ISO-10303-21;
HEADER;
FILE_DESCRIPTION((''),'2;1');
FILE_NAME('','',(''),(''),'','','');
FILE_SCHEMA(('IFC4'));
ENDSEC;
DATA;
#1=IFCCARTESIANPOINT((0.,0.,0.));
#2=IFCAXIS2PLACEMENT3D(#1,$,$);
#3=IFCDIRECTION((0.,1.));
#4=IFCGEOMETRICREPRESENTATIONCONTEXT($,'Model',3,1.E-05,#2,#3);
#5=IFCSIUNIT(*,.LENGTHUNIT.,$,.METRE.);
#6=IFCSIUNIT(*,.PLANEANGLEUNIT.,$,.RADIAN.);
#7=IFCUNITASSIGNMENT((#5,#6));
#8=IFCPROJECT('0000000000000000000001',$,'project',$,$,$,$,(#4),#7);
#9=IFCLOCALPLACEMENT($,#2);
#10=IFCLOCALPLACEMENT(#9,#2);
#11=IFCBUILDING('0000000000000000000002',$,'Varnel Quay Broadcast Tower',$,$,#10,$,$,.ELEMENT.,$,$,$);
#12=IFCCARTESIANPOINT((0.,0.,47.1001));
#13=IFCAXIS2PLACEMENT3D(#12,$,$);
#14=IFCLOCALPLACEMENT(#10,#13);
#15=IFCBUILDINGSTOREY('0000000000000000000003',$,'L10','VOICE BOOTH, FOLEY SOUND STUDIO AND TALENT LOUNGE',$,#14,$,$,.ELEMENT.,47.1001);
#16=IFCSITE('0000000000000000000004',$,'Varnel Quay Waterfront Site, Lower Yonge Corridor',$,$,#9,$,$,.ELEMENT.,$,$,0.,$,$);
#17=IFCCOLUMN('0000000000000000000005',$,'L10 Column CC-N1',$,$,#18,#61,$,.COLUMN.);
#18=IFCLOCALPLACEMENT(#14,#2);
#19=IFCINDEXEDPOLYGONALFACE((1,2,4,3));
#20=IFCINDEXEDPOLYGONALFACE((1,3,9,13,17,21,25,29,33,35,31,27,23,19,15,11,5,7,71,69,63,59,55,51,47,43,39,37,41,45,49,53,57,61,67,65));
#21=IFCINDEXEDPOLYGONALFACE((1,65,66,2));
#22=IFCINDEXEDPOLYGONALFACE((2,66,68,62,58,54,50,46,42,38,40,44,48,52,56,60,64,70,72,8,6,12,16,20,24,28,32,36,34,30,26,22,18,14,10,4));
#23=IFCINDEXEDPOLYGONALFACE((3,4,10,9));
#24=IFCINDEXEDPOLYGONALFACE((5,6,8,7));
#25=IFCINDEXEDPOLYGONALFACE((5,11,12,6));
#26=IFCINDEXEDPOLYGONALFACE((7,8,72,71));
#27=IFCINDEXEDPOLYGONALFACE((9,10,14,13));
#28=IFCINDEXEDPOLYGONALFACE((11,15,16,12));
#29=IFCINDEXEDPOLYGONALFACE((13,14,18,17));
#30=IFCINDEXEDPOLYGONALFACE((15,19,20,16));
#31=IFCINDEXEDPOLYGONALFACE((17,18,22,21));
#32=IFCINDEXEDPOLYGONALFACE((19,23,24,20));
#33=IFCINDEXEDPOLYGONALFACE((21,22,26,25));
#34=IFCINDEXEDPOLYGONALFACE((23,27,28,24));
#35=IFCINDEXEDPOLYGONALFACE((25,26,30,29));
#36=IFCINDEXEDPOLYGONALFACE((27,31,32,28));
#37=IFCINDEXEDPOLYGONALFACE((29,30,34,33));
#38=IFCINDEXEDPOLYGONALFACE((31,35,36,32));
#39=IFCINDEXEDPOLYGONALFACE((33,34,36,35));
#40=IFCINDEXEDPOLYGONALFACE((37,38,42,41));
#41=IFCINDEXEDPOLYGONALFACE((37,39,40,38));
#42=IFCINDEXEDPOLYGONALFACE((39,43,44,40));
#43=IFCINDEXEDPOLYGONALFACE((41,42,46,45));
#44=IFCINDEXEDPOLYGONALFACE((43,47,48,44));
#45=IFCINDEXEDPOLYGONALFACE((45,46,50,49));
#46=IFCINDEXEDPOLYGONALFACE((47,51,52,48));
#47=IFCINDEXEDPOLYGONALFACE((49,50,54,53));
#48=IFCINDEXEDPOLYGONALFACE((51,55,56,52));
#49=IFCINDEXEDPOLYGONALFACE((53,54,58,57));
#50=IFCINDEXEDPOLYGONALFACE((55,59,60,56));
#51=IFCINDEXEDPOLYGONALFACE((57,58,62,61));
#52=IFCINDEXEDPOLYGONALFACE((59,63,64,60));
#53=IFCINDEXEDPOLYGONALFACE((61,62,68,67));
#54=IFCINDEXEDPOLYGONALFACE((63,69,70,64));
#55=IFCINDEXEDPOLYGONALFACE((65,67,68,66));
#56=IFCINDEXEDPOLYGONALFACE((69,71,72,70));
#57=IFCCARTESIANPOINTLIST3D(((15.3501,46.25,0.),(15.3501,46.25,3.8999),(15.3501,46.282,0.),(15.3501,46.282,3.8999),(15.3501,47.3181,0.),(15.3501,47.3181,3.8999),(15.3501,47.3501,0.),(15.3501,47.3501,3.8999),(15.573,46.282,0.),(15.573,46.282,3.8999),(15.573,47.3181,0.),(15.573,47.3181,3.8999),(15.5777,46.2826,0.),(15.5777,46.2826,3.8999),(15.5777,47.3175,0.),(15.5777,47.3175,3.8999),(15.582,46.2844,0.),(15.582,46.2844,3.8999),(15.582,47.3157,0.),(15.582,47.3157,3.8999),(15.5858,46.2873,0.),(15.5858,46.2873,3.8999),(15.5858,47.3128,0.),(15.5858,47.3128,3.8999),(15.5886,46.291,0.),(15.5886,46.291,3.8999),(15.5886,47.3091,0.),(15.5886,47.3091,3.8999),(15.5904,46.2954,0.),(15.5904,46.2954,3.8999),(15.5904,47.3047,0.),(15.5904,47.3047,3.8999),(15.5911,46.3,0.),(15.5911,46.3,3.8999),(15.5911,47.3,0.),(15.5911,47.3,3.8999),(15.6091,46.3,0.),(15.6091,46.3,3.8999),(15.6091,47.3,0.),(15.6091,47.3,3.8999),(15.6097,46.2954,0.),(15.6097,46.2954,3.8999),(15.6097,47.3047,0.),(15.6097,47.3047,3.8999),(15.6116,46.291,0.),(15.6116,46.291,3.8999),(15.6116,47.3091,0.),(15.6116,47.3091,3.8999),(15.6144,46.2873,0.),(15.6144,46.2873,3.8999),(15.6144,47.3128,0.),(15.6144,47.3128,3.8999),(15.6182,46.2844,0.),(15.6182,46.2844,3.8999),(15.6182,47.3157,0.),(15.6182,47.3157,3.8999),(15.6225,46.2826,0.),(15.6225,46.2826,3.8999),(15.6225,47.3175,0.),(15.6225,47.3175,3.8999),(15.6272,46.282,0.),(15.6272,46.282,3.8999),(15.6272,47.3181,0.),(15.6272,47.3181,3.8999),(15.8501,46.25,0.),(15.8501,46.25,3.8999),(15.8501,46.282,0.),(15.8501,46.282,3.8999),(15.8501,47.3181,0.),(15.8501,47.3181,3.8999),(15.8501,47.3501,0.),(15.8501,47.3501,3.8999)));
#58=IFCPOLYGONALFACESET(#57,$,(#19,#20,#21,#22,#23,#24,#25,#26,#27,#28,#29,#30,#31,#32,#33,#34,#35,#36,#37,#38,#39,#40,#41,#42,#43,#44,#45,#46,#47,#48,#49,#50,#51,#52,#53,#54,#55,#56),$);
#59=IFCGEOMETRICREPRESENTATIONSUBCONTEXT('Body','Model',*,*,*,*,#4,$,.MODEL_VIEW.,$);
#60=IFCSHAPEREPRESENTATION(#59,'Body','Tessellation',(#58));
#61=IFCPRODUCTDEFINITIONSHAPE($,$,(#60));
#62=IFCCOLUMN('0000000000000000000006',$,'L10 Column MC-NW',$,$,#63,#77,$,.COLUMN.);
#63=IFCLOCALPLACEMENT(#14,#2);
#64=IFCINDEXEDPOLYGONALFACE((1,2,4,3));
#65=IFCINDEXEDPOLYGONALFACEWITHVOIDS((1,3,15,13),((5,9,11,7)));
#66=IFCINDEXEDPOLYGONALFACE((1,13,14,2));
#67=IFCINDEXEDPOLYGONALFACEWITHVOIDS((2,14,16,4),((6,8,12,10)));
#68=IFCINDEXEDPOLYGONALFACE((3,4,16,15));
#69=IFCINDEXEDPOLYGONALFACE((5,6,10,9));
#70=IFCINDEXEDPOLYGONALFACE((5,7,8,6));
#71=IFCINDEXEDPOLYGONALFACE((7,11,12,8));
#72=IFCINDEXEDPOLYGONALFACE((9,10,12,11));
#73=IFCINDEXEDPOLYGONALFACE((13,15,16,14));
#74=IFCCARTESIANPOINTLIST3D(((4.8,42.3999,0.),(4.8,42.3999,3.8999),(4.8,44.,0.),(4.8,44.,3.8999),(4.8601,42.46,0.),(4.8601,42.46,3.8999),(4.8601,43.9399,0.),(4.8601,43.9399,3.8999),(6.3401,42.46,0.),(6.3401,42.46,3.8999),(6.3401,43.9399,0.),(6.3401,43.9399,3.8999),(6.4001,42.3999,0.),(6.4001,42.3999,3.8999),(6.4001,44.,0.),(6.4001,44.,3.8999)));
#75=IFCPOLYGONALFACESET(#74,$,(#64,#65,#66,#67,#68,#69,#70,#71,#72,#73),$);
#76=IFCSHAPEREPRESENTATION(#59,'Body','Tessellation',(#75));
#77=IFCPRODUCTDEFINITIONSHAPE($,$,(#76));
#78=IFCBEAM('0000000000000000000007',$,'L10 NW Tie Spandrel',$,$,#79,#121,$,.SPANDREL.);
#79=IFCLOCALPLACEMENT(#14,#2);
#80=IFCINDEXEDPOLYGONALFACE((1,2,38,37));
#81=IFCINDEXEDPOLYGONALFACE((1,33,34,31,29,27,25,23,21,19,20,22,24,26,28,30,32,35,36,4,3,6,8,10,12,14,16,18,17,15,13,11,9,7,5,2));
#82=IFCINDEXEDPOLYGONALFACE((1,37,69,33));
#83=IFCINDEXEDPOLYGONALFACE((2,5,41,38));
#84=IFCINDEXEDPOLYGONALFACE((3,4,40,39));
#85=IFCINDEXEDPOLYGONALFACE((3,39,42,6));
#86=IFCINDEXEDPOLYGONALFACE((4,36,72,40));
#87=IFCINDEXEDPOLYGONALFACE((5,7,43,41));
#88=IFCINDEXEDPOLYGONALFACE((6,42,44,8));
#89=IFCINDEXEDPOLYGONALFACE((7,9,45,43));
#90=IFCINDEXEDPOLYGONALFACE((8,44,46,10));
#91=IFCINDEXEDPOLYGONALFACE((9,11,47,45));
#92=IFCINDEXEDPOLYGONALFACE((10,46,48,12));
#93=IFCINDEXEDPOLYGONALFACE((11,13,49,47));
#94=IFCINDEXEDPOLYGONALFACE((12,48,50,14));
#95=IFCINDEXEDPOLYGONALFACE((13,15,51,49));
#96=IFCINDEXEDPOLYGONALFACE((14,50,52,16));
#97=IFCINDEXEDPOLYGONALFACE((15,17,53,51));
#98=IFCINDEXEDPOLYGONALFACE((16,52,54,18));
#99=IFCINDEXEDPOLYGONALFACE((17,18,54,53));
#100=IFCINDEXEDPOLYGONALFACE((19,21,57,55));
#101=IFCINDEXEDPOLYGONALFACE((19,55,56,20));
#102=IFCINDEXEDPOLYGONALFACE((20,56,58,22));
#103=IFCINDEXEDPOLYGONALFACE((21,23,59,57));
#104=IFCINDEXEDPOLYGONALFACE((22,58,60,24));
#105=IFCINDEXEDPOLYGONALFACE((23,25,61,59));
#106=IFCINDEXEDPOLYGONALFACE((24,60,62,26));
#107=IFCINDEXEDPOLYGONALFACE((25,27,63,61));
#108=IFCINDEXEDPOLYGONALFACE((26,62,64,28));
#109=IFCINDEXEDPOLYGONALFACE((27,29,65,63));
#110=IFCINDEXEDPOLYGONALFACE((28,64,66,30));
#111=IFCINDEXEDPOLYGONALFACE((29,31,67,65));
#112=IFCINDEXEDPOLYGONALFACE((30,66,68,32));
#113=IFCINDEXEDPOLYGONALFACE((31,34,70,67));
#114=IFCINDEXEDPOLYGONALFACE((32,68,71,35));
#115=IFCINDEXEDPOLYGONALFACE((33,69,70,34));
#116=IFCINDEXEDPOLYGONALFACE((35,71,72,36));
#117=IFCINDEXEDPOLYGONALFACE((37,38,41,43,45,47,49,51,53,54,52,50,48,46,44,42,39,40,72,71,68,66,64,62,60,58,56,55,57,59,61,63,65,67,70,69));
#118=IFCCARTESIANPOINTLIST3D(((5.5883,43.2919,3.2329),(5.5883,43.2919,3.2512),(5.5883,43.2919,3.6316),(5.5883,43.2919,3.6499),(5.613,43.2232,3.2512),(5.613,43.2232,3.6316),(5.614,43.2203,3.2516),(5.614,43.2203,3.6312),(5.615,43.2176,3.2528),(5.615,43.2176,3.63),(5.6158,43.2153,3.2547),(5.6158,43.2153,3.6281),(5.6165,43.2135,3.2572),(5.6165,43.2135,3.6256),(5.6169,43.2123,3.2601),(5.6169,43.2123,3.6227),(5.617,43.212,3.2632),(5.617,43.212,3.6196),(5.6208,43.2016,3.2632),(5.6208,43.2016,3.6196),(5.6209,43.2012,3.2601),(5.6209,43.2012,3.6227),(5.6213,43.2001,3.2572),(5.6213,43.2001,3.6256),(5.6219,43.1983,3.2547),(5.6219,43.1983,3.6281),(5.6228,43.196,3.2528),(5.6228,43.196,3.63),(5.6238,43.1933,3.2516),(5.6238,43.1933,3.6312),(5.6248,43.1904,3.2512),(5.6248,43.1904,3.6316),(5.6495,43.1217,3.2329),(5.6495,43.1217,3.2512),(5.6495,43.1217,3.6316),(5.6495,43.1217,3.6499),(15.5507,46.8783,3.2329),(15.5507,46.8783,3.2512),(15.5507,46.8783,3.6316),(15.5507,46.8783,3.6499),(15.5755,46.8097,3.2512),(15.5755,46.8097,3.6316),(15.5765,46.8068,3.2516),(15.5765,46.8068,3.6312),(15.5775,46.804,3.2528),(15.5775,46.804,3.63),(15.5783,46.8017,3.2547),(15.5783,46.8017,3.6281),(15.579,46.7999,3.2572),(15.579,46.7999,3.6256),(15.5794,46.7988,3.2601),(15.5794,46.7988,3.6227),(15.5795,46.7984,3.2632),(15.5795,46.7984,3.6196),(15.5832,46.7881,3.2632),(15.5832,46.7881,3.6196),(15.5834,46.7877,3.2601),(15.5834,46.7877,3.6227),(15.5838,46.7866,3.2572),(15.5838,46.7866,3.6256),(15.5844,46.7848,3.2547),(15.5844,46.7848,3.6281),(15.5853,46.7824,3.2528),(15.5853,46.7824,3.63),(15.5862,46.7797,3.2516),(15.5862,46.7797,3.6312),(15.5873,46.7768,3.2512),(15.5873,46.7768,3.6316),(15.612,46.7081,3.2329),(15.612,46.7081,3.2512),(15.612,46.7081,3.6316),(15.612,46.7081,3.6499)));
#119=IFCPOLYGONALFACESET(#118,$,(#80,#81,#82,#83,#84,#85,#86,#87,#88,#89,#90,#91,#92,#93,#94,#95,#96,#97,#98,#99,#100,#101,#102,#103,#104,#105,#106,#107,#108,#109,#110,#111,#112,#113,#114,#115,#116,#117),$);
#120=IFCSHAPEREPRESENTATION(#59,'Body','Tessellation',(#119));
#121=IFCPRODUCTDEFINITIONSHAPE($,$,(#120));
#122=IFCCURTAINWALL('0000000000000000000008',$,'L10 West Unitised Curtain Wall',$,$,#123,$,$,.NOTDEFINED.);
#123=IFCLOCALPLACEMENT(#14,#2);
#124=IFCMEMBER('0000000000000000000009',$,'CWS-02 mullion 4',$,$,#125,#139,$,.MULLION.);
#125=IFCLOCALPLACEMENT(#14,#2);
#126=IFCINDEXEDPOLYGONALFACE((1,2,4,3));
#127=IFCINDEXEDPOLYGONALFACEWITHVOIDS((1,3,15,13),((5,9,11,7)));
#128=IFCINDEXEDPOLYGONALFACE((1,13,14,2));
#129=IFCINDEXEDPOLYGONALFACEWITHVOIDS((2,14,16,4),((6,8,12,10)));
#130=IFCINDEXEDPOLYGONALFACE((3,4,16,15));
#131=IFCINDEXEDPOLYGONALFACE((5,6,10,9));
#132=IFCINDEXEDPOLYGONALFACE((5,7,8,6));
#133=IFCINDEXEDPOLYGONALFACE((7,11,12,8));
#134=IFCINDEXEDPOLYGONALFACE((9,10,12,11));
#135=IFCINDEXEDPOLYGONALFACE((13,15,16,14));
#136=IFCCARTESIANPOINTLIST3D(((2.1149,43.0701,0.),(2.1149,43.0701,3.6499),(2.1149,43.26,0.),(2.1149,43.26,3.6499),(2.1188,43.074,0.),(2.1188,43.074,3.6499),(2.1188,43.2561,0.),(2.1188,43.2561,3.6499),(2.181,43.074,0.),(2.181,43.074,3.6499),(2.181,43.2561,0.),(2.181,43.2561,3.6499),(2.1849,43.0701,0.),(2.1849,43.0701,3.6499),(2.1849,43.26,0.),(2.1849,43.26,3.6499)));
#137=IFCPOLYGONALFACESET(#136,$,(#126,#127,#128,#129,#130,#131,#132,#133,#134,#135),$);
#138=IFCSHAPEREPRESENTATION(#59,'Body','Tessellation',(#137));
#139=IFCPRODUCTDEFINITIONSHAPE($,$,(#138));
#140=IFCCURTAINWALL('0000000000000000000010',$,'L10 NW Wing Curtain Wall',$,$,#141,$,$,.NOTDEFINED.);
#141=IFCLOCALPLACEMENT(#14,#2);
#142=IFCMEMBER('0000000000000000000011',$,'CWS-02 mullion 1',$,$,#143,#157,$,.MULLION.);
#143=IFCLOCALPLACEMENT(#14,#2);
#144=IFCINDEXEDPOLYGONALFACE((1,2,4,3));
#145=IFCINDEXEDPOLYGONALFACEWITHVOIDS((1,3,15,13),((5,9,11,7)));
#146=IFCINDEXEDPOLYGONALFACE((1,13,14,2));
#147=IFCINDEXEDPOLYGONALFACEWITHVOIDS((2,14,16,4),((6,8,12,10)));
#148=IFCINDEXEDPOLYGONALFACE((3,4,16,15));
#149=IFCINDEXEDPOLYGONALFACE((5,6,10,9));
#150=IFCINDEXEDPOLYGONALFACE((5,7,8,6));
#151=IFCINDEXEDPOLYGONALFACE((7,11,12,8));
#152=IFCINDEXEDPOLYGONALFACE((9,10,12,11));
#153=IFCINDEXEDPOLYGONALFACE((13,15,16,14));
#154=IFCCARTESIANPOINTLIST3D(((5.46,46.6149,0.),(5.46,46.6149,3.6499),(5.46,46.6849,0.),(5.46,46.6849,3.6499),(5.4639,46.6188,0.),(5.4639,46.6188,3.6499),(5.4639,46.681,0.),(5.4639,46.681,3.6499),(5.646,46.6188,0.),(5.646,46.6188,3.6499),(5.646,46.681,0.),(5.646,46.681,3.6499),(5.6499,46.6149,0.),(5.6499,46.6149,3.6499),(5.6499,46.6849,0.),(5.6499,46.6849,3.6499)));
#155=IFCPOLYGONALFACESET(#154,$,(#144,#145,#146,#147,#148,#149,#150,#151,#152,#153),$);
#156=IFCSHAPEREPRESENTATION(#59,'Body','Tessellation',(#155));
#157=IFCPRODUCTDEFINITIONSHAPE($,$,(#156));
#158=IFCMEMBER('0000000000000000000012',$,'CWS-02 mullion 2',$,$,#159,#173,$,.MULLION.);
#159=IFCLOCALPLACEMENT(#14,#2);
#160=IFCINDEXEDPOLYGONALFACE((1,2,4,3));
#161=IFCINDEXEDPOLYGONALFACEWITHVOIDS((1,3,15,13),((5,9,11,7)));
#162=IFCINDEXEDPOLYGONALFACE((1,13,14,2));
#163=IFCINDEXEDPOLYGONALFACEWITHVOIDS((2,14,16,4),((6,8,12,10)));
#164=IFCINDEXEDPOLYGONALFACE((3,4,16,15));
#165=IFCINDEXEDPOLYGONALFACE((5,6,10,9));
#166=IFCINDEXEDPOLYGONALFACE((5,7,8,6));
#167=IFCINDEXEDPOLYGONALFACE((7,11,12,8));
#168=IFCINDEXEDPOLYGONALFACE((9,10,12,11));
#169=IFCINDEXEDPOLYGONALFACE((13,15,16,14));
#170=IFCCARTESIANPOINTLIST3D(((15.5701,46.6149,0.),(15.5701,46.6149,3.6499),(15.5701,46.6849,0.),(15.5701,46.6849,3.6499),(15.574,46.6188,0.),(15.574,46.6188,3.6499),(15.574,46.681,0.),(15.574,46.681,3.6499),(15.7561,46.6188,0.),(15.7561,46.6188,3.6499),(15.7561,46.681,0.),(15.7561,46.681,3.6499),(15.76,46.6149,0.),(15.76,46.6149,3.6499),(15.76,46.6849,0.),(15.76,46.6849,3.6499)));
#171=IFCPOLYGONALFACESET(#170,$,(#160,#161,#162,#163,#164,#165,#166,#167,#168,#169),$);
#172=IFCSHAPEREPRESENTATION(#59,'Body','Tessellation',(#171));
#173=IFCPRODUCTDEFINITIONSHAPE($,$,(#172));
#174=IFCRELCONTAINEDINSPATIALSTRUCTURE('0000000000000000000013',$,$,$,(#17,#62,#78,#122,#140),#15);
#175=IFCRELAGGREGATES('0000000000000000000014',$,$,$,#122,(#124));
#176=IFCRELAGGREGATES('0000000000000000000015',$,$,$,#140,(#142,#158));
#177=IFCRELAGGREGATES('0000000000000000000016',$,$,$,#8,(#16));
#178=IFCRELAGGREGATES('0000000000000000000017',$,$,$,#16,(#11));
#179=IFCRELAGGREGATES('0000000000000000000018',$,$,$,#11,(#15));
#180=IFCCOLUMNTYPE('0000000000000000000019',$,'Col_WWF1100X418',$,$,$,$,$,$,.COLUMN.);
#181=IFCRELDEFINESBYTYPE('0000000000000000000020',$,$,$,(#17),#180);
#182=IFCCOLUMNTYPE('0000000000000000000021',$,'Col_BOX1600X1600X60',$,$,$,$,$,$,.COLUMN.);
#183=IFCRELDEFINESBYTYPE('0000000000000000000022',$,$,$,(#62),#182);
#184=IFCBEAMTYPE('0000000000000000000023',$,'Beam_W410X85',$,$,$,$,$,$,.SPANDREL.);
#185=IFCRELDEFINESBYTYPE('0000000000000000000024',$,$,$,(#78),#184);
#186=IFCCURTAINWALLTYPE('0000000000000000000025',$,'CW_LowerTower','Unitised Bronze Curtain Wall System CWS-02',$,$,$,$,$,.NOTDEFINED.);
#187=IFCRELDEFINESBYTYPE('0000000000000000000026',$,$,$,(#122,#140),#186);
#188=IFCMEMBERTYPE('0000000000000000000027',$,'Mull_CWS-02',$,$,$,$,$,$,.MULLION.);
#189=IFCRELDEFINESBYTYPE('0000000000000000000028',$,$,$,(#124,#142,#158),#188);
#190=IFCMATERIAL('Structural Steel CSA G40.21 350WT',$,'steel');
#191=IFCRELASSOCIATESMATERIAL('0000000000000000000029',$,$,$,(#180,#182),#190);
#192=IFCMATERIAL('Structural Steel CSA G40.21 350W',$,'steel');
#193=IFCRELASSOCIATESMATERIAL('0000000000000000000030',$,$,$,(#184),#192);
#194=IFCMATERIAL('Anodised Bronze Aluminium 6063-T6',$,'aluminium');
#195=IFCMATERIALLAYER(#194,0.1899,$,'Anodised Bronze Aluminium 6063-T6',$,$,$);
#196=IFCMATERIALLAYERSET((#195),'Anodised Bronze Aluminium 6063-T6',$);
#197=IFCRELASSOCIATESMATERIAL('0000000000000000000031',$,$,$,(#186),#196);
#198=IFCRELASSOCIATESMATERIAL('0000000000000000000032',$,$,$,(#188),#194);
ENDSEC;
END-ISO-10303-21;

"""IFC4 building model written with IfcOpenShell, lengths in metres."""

from ifc_helpers import new_model, si_unit, direction, frame, origin, origin_2d, place, context, subcontext, project, spatial, hollow_rectangle, i_section, extrude, source, transform, mapped, material, layer, layer_set, material_profile, profile_set, type_object, type_shapes, element, aggregate, save


model = new_model("IFC4")

# Units and contexts
model_context = context("Model", 3, precision=1e-05, world=origin(), true_north=direction((0.0, 1.0)))
body_context = subcontext(model_context, "Body", "Model", "MODEL_VIEW")
ifc_project = project(units=[si_unit("LENGTHUNIT", "METRE"), si_unit("PLANEANGLEUNIT", "RADIAN")], contexts=[model_context])

# Site, building, storey
site_placement = place(None, origin())
site = spatial("IfcSite", under=ifc_project, at=site_placement, Name="Varnel Quay Waterfront Site, Lower Yonge Corridor", CompositionType="ELEMENT", RefElevation=0.0)
building_placement = place(site_placement, origin())
building = spatial("IfcBuilding", under=site, at=building_placement, Name="Varnel Quay Broadcast Tower", CompositionType="ELEMENT")
storey_placement = place(building_placement, frame((0.0, 0.0, 47.1001)))
storey = spatial("IfcBuildingStorey", under=building, at=storey_placement, Name="L10", Description="VOICE BOOTH, FOLEY SOUND STUDIO AND TALENT LOUNGE", CompositionType="ELEMENT", Elevation=47.1001)

# Columns
ifc_material_1 = material(Name="Structural Steel CSA G40.21 350WT", Category="steel")
ifc_material_profile_1 = material_profile(ifc_material_1, i_section(OverallWidth=0.5, OverallDepth=1.1001, WebThickness=0.0181, FlangeThickness=0.032, FilletRadius=0.0181, at=origin_2d()), Name="WWF1100X418")
ifc_profile_set_1 = profile_set([ifc_material_profile_1], Name="Structural Steel CSA G40.21 350WT")
column_type_1 = type_object("IfcColumnType", Name="Col_WWF1100X418", PredefinedType="COLUMN", material=ifc_profile_set_1)
shared_shape_1 = source(origin(), body_context, "Body", "SweptSolid", [
    extrude(i_section(OverallWidth=0.5, OverallDepth=1.1001, WebThickness=0.0181, FlangeThickness=0.032, FilletRadius=0.0181, at=origin_2d()), origin(), (0.0, 0.0, 1.0), 3.8999),
])
type_shapes(column_type_1, [shared_shape_1])
column_1_placement = place(storey_placement, frame((15.6001, 46.8, 0.0), z_axis=(0.0, 0.0, 1.0), x_axis=(1.0, 0.0, 0.0)))
element("IfcColumn", 1, at=column_1_placement, inside=storey, type_object=column_type_1, Name="L10 Column CC-N1", PredefinedType="COLUMN", context=body_context, shape_type="MappedRepresentation", body=[
    mapped(shared_shape_1, transform((0.0, 0.0, 0.0), x_axis=(1.0, 0.0, 0.0), y_axis=(0.0, 1.0, 0.0), z_axis=(0.0, 0.0, 1.0), scale=1.0)),
])
ifc_material_profile_2 = material_profile(ifc_material_1, hollow_rectangle(XDim=1.6001, YDim=1.6001, WallThickness=0.0601, at=origin_2d()), Name="BOX1600X1600X60")
ifc_profile_set_2 = profile_set([ifc_material_profile_2], Name="Structural Steel CSA G40.21 350WT")
column_type_2 = type_object("IfcColumnType", Name="Col_BOX1600X1600X60", PredefinedType="COLUMN", material=ifc_profile_set_2)
shared_shape_2 = source(origin(), body_context, "Body", "SweptSolid", [
    extrude(hollow_rectangle(XDim=1.6001, YDim=1.6001, WallThickness=0.0601, at=origin_2d()), origin(), (0.0, 0.0, 1.0), 3.8999),
])
type_shapes(column_type_2, [shared_shape_2])
column_2_placement = place(storey_placement, frame((5.6001, 43.2, 0.0), z_axis=(0.0, 0.0, 1.0), x_axis=(1.0, 0.0, 0.0)))
element("IfcColumn", 2, at=column_2_placement, inside=storey, type_object=column_type_2, Name="L10 Column MC-NW", PredefinedType="COLUMN", context=body_context, shape_type="MappedRepresentation", body=[
    mapped(shared_shape_2, transform((0.0, 0.0, 0.0), x_axis=(1.0, 0.0, 0.0), y_axis=(0.0, 1.0, 0.0), z_axis=(0.0, 0.0, 1.0), scale=1.0)),
])

# Beam
ifc_material_2 = material(Name="Structural Steel CSA G40.21 350W", Category="steel")
ifc_material_profile_3 = material_profile(ifc_material_2, i_section(OverallWidth=0.1809, OverallDepth=0.417, WebThickness=0.011, FlangeThickness=0.0183, FilletRadius=0.012, at=origin_2d()), Name="W410X85")
ifc_profile_set_3 = profile_set([ifc_material_profile_3], Name="Structural Steel CSA G40.21 350W")
beam_type = type_object("IfcBeamType", Name="Beam_W410X85", PredefinedType="SPANDREL", material=ifc_profile_set_3)
shared_shape_3 = source(origin(), body_context, "Body", "SweptSolid", [
    extrude(i_section(OverallWidth=0.1809, OverallDepth=0.417, WebThickness=0.011, FlangeThickness=0.0183, FilletRadius=0.012, at=origin_2d()), origin(), (0.0, 0.0, 1.0), 10.5884),
])
type_shapes(beam_type, [shared_shape_3])
beam_placement = place(storey_placement, frame((5.6189, 43.2068, 3.4414), z_axis=(0.940889, 0.338716, 0.0), x_axis=(-0.338716, 0.940889, 0.0)))
element("IfcBeam", 3, at=beam_placement, inside=storey, type_object=beam_type, Name="L10 NW Tie Spandrel", PredefinedType="SPANDREL", context=body_context, shape_type="MappedRepresentation", body=[
    mapped(shared_shape_3, transform((0.0, 0.0, 0.0), x_axis=(1.0, 0.0, 0.0), y_axis=(0.0, 1.0, 0.0), z_axis=(0.0, 0.0, 1.0), scale=1.0)),
])

# Curtain wall, member
ifc_material_3 = material(Name="Anodised Bronze Aluminium 6063-T6", Category="aluminium")
ifc_layer_1 = layer(ifc_material_3, 0.1899, Name="Anodised Bronze Aluminium 6063-T6")
ifc_layer_set_1 = layer_set([ifc_layer_1], Name="Anodised Bronze Aluminium 6063-T6")
curtain_wall_type = type_object("IfcCurtainWallType", Name="CW_LowerTower", Description="Unitised Bronze Curtain Wall System CWS-02", PredefinedType="NOTDEFINED", material=ifc_layer_set_1)
curtain_wall_1_placement = place(storey_placement, origin())
curtain_wall_1 = element("IfcCurtainWall", 4, at=curtain_wall_1_placement, inside=storey, type_object=curtain_wall_type, Name="L10 West Unitised Curtain Wall", PredefinedType="NOTDEFINED")
ifc_material_profile_4 = material_profile(ifc_material_3, hollow_rectangle(XDim=0.0701, YDim=0.1899, WallThickness=0.0039, at=origin_2d()), Name="ALU70X190X4")
ifc_profile_set_4 = profile_set([ifc_material_profile_4], Name="Anodised Bronze Aluminium 6063-T6")
member_type_1 = type_object("IfcMemberType", Name="Mull_CWS-02", PredefinedType="MULLION", material=ifc_profile_set_4)
shared_shape_4 = source(origin(), body_context, "Body", "SweptSolid", [
    extrude(hollow_rectangle(XDim=0.0701, YDim=0.1899, WallThickness=0.0039, at=origin_2d()), origin(), (0.0, 0.0, 1.0), 3.6499),
])
type_shapes(member_type_1, [shared_shape_4])
member_1_placement = place(storey_placement, frame((2.1499, 43.165, 0.0), z_axis=(0.0, 0.0, 1.0), x_axis=(-1.0, 0.0, 0.0)))
member_1 = element("IfcMember", 5, at=member_1_placement, type_object=member_type_1, Name="CWS-02 mullion 4", PredefinedType="MULLION", context=body_context, shape_type="MappedRepresentation", body=[
    mapped(shared_shape_4, transform((0.0, 0.0, 0.0), x_axis=(1.0, 0.0, 0.0), y_axis=(0.0, 1.0, 0.0), z_axis=(0.0, 0.0, 1.0), scale=1.0)),
])

# Curtain wall, members
curtain_wall_2_placement = place(storey_placement, origin())
curtain_wall_2 = element("IfcCurtainWall", 6, at=curtain_wall_2_placement, inside=storey, type_object=curtain_wall_type, Name="L10 NW Wing Curtain Wall", PredefinedType="NOTDEFINED")
member_2_placement = place(storey_placement, frame((5.5549, 46.6499, 0.0), z_axis=(0.0, 0.0, 1.0), x_axis=(0.0, 1.0, 0.0)))
member_2 = element("IfcMember", 7, at=member_2_placement, type_object=member_type_1, Name="CWS-02 mullion 1", PredefinedType="MULLION", context=body_context, shape_type="MappedRepresentation", body=[
    mapped(shared_shape_4, transform((0.0, 0.0, 0.0), x_axis=(1.0, 0.0, 0.0), y_axis=(0.0, 1.0, 0.0), z_axis=(0.0, 0.0, 1.0), scale=1.0)),
])
member_3_placement = place(storey_placement, frame((15.665, 46.6499, 0.0), z_axis=(0.0, 0.0, 1.0), x_axis=(0.0, 1.0, 0.0)))
member_3 = element("IfcMember", 8, at=member_3_placement, type_object=member_type_1, Name="CWS-02 mullion 2", PredefinedType="MULLION", context=body_context, shape_type="MappedRepresentation", body=[
    mapped(shared_shape_4, transform((0.0, 0.0, 0.0), x_axis=(1.0, 0.0, 0.0), y_axis=(0.0, 1.0, 0.0), z_axis=(0.0, 0.0, 1.0), scale=1.0)),
])

aggregate(curtain_wall_1, [member_1])
aggregate(curtain_wall_2, [member_2, member_3])

save(model, "model.ifc")
